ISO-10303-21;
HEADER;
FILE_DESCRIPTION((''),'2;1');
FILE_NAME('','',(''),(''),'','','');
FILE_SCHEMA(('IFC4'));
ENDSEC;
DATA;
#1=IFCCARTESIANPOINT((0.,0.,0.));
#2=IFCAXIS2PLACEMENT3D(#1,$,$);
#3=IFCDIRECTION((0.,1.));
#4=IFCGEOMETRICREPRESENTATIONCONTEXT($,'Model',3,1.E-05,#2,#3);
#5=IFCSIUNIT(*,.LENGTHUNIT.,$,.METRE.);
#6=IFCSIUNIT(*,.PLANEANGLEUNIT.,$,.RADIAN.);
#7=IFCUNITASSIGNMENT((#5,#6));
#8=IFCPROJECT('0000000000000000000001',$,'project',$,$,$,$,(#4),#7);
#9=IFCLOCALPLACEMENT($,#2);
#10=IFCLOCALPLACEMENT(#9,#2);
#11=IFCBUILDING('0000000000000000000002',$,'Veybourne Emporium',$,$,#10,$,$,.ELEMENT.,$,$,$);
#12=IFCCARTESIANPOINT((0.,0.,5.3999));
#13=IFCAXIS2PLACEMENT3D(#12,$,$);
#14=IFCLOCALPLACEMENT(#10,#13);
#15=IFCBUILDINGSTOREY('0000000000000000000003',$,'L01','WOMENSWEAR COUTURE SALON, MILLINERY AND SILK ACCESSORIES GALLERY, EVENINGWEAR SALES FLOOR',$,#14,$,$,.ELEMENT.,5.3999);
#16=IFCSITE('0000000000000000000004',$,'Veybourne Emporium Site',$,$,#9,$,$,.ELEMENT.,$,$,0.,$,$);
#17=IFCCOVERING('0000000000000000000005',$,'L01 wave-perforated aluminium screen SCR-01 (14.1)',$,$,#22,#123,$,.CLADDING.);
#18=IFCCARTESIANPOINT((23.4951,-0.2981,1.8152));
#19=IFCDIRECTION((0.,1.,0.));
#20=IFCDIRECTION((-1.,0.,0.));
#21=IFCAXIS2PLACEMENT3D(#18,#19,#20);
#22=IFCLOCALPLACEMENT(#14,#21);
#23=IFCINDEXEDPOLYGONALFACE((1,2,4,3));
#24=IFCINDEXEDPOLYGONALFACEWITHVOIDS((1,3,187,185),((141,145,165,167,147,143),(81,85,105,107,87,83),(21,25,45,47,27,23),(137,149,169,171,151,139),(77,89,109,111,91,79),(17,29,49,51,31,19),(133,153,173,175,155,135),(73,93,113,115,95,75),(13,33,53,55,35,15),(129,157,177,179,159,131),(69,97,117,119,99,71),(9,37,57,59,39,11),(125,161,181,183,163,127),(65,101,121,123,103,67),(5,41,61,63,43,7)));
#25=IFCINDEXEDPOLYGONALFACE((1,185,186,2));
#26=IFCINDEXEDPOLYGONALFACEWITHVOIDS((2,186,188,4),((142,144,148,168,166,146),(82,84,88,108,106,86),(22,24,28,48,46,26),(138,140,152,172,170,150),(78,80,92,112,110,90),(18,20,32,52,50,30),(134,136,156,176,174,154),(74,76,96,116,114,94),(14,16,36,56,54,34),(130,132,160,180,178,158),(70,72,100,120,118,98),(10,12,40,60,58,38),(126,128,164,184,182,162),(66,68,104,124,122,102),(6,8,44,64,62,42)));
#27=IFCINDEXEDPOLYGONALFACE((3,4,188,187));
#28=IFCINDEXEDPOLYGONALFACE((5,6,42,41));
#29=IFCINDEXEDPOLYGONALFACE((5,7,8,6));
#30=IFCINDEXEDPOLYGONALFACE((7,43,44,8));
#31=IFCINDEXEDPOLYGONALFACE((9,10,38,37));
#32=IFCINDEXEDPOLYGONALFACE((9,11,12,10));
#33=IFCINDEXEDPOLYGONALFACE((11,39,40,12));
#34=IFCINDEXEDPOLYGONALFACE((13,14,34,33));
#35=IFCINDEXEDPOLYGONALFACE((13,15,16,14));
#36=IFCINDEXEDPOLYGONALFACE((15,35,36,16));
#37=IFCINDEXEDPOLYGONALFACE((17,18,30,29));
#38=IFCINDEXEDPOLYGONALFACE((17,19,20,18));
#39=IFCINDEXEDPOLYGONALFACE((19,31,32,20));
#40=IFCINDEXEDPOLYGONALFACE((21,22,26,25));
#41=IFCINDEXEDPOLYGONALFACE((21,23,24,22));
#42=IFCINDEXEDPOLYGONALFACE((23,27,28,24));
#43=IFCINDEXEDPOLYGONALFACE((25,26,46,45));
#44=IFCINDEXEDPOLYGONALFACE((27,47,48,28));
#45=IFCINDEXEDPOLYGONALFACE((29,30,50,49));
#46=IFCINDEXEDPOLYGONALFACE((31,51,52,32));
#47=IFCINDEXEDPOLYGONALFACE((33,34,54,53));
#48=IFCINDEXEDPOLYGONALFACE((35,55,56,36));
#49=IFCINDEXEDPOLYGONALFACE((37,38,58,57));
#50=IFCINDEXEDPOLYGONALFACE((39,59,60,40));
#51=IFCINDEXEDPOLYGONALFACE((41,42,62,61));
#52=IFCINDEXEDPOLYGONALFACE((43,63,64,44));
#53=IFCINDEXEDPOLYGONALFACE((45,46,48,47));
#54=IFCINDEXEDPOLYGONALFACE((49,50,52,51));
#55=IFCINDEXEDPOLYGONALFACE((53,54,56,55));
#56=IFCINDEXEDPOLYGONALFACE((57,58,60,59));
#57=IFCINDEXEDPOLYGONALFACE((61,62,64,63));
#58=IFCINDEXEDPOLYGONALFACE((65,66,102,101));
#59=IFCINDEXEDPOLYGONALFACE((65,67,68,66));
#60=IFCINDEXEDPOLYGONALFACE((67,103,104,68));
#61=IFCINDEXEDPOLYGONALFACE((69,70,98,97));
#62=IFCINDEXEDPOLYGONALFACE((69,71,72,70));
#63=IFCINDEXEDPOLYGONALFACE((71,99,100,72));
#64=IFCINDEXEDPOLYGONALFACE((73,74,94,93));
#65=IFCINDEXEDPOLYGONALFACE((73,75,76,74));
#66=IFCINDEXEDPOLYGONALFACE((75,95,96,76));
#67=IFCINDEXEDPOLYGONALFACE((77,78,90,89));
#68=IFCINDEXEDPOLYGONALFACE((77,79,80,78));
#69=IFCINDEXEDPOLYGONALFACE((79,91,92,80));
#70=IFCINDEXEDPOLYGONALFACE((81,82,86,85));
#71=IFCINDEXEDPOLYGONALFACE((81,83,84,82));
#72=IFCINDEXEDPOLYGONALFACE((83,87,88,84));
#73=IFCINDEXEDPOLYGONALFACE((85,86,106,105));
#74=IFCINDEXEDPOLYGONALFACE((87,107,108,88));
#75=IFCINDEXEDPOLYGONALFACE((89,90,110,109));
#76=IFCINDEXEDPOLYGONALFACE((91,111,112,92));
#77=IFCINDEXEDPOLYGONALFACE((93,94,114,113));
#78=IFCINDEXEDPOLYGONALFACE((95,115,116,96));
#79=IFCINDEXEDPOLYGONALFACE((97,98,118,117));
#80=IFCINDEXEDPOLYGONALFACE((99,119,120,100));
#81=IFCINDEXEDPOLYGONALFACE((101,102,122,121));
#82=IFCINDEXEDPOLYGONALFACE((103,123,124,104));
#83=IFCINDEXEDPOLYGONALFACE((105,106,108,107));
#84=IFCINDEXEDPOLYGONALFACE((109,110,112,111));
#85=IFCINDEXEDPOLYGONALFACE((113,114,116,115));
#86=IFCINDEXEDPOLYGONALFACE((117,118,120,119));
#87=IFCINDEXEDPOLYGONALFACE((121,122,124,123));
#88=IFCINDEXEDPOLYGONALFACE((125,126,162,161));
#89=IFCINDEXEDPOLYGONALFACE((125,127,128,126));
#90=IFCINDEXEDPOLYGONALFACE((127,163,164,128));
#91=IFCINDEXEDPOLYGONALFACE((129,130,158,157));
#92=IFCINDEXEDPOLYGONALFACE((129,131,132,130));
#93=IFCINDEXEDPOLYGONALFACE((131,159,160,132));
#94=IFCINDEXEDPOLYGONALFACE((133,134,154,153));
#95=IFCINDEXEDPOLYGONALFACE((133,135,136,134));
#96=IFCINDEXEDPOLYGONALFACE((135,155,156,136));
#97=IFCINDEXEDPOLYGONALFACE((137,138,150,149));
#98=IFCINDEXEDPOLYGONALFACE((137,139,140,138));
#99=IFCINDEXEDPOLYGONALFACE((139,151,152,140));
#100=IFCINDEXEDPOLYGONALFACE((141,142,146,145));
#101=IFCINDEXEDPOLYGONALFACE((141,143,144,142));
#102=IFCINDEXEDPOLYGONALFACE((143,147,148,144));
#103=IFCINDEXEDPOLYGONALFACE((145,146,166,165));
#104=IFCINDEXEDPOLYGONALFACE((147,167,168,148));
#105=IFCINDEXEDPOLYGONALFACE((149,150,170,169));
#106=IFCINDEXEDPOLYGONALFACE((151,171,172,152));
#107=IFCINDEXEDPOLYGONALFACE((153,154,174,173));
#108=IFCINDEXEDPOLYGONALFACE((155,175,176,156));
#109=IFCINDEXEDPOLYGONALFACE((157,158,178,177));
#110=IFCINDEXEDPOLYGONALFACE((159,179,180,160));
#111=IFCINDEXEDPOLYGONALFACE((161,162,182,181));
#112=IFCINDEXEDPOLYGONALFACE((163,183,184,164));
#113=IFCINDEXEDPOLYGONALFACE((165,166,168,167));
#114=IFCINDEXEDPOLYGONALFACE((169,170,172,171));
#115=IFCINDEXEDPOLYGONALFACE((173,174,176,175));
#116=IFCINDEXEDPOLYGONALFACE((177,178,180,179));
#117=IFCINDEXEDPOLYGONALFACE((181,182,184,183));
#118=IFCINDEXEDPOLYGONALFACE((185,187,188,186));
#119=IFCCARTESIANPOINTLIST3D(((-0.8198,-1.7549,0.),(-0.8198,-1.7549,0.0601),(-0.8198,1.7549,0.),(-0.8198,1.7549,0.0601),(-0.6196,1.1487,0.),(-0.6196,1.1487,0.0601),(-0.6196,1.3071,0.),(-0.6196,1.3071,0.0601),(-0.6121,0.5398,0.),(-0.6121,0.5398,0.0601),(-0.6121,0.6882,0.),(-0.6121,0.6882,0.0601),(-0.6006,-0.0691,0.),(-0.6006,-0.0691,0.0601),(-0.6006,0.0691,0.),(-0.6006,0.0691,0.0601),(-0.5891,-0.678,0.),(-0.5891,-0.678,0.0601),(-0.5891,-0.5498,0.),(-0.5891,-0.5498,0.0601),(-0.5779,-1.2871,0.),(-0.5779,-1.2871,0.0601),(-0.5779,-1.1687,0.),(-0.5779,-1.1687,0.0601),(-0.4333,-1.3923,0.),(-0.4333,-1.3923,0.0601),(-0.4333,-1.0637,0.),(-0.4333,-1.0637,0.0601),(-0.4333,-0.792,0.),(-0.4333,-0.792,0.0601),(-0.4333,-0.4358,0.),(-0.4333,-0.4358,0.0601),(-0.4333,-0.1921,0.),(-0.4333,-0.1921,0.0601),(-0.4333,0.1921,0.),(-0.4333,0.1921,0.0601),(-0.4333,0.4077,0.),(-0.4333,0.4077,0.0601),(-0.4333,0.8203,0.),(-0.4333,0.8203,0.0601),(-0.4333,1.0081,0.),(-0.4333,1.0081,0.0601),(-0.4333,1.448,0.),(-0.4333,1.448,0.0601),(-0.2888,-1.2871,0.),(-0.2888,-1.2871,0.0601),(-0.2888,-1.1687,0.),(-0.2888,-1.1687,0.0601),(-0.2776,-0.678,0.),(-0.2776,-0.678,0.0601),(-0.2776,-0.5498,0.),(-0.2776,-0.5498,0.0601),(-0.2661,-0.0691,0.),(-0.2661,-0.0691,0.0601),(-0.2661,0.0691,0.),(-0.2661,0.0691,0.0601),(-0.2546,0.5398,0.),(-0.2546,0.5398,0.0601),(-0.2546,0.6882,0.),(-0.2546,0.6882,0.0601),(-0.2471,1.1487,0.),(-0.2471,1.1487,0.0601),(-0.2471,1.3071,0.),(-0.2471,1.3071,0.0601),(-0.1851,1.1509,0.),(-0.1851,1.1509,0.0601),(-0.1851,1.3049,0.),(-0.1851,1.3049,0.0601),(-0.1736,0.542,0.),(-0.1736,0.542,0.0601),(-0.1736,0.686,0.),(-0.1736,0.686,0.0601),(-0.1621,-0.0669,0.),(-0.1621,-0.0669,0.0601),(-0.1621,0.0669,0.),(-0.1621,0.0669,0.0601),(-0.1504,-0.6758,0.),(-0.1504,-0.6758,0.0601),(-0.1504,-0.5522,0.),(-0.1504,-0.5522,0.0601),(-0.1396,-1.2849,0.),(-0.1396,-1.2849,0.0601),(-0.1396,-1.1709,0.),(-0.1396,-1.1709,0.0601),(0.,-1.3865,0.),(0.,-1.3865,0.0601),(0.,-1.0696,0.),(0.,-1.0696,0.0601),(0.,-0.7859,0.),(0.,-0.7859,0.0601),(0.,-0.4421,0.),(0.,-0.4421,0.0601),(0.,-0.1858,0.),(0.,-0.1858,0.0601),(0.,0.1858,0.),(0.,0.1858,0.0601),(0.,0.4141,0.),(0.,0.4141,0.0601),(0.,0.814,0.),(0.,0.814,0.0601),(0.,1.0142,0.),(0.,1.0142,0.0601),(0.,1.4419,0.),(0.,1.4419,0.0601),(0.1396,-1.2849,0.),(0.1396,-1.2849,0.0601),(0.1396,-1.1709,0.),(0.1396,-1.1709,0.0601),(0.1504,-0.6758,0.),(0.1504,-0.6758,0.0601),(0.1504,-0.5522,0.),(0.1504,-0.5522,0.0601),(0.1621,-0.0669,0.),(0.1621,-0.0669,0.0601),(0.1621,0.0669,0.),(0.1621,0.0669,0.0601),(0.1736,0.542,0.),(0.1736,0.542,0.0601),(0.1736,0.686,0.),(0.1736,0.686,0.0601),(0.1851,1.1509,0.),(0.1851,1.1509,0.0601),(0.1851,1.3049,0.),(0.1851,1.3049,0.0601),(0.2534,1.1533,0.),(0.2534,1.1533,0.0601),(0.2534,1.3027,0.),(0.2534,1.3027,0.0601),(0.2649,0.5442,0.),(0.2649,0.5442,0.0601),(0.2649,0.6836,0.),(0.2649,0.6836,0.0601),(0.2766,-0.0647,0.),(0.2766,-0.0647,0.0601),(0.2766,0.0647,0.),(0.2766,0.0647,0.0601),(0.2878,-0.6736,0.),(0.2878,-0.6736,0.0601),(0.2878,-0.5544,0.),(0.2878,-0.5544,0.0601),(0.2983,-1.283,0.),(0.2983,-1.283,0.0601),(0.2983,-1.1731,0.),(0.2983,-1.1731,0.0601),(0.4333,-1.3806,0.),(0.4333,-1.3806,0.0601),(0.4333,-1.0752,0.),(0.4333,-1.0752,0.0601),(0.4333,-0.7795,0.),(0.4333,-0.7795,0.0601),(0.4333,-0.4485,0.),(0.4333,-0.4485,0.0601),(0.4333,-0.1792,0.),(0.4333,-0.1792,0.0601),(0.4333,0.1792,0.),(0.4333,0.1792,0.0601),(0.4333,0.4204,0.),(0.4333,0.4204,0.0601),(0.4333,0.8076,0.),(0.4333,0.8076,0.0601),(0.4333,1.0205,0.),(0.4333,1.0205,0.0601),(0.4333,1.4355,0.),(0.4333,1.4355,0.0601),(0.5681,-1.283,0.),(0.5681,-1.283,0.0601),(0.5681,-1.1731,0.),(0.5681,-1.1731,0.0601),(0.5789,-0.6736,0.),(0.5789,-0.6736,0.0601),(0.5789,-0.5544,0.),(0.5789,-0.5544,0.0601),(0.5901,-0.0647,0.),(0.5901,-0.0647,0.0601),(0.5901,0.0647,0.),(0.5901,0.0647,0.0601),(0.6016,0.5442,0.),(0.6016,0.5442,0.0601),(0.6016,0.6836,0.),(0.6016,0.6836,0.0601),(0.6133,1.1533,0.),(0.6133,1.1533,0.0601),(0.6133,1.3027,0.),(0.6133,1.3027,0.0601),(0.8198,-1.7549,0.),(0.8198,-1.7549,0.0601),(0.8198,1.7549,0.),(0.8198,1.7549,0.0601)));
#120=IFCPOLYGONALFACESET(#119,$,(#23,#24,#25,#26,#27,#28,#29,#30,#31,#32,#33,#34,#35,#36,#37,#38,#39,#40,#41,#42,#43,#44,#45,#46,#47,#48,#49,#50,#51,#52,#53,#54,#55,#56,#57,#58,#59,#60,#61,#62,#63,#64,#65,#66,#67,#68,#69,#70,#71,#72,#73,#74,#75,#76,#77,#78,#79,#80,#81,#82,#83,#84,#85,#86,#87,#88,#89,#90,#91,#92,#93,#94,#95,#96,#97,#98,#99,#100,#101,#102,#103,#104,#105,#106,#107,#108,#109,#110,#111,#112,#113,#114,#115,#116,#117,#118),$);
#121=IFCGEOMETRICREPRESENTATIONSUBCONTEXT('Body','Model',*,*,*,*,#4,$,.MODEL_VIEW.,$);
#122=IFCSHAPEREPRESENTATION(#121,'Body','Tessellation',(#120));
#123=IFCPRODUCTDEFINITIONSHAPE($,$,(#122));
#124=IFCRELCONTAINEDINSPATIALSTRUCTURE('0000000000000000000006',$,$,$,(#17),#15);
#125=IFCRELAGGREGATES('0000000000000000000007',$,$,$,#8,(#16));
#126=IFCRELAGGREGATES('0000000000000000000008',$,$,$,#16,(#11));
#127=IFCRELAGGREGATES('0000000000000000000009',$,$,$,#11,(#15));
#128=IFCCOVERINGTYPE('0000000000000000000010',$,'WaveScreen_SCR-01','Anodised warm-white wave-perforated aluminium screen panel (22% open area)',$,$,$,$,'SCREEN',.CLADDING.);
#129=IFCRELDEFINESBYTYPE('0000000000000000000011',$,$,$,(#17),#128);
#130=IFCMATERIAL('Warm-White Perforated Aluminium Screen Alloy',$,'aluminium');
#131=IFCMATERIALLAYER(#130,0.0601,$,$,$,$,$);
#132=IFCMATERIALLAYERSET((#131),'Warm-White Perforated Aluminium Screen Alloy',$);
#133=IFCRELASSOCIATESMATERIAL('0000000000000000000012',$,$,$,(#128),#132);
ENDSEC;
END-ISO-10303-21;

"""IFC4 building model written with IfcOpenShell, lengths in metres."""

from ifc_helpers import new_model, si_unit, direction, frame, origin, place, context, subcontext, project, spatial, polyline, outline, extrude, material, layer, layer_set, type_object, element, save


model = new_model("IFC4")

# Units and contexts
model_context = context("Model", 3, precision=1e-05, world=origin(), true_north=direction((0.0, 1.0)))
body_context = subcontext(model_context, "Body", "Model", "MODEL_VIEW")
ifc_project = project(units=[si_unit("LENGTHUNIT", "METRE"), si_unit("PLANEANGLEUNIT", "RADIAN")], contexts=[model_context])

# Site, building, storey
site_placement = place(None, origin())
site = spatial("IfcSite", under=ifc_project, at=site_placement, Name="Veybourne Emporium Site", CompositionType="ELEMENT", RefElevation=0.0)
building_placement = place(site_placement, origin())
building = spatial("IfcBuilding", under=site, at=building_placement, Name="Veybourne Emporium", CompositionType="ELEMENT")
storey_placement = place(building_placement, frame((0.0, 0.0, 5.3999)))
storey = spatial("IfcBuildingStorey", under=building, at=storey_placement, Name="L01", Description="WOMENSWEAR COUTURE SALON, MILLINERY AND SILK ACCESSORIES GALLERY, EVENINGWEAR SALES FLOOR", CompositionType="ELEMENT", Elevation=5.3999)

# Covering
ifc_material_1 = material(Name="Warm-White Perforated Aluminium Screen Alloy", Category="aluminium")
ifc_layer_1 = layer(ifc_material_1, 0.0601)
ifc_layer_set_1 = layer_set([ifc_layer_1], Name="Warm-White Perforated Aluminium Screen Alloy")
covering_type_1 = type_object("IfcCoveringType", Name="WaveScreen_SCR-01", Description="Anodised warm-white wave-perforated aluminium screen panel (22% open area)", ElementType="SCREEN", PredefinedType="CLADDING", material=ifc_layer_set_1)
covering_1_placement = place(storey_placement, frame((23.4951, -0.2981, 1.8152), z_axis=(0.0, 1.0, 0.0), x_axis=(-1.0, 0.0, 0.0)))
element("IfcCovering", 1, at=covering_1_placement, inside=storey, type_object=covering_type_1, Name="L01 wave-perforated aluminium screen SCR-01 (14.1)", PredefinedType="CLADDING", context=body_context, shape_type="SweptSolid", body=[
    extrude(outline(polyline([(-0.8198, -1.7549), (0.8198, -1.7549), (0.8198, 1.7549), (-0.8198, 1.7549), (-0.8198, -1.7549)]), holes=[polyline([(-0.4333, -1.0637), (-0.2888, -1.1687), (-0.2888, -1.2871), (-0.4333, -1.3923), (-0.5779, -1.2871), (-0.5779, -1.1687), (-0.4333, -1.0637)]), polyline([(-0.4333, -0.4358), (-0.2776, -0.5498), (-0.2776, -0.678), (-0.4333, -0.792), (-0.5891, -0.678), (-0.5891, -0.5498), (-0.4333, -0.4358)]), polyline([(-0.4333, 0.1921), (-0.2661, 0.0691), (-0.2661, -0.0691), (-0.4333, -0.1921), (-0.6006, -0.0691), (-0.6006, 0.0691), (-0.4333, 0.1921)]), polyline([(-0.4333, 0.8203), (-0.2546, 0.6882), (-0.2546, 0.5398), (-0.4333, 0.4077), (-0.6121, 0.5398), (-0.6121, 0.6882), (-0.4333, 0.8203)]), polyline([(-0.4333, 1.448), (-0.2471, 1.3071), (-0.2471, 1.1487), (-0.4333, 1.0081), (-0.6196, 1.1487), (-0.6196, 1.3071), (-0.4333, 1.448)]), polyline([(0.0, -1.0696), (0.1396, -1.1709), (0.1396, -1.2849), (0.0, -1.3865), (-0.1396, -1.2849), (-0.1396, -1.1709), (0.0, -1.0696)]), polyline([(0.0, -0.4421), (0.1504, -0.5522), (0.1504, -0.6758), (0.0, -0.7859), (-0.1504, -0.6758), (-0.1504, -0.5522), (0.0, -0.4421)]), polyline([(0.0, 0.1858), (0.1621, 0.0669), (0.1621, -0.0669), (0.0, -0.1858), (-0.1621, -0.0669), (-0.1621, 0.0669), (0.0, 0.1858)]), polyline([(0.0, 0.814), (0.1736, 0.686), (0.1736, 0.542), (0.0, 0.4141), (-0.1736, 0.542), (-0.1736, 0.686), (0.0, 0.814)]), polyline([(0.0, 1.4419), (0.1851, 1.3049), (0.1851, 1.1509), (0.0, 1.0142), (-0.1851, 1.1509), (-0.1851, 1.3049), (0.0, 1.4419)]), polyline([(0.4333, -1.0752), (0.5681, -1.1731), (0.5681, -1.283), (0.4333, -1.3806), (0.2983, -1.283), (0.2983, -1.1731), (0.4333, -1.0752)]), polyline([(0.4333, -0.4485), (0.5789, -0.5544), (0.5789, -0.6736), (0.4333, -0.7795), (0.2878, -0.6736), (0.2878, -0.5544), (0.4333, -0.4485)]), polyline([(0.4333, 0.1792), (0.5901, 0.0647), (0.5901, -0.0647), (0.4333, -0.1792), (0.2766, -0.0647), (0.2766, 0.0647), (0.4333, 0.1792)]), polyline([(0.4333, 0.8076), (0.6016, 0.6836), (0.6016, 0.5442), (0.4333, 0.4204), (0.2649, 0.5442), (0.2649, 0.6836), (0.4333, 0.8076)]), polyline([(0.4333, 1.4355), (0.6133, 1.3027), (0.6133, 1.1533), (0.4333, 1.0205), (0.2534, 1.1533), (0.2534, 1.3027), (0.4333, 1.4355)])]), origin(), (0.0, 0.0, 1.0), 0.0601),
])

save(model, "model.ifc")
